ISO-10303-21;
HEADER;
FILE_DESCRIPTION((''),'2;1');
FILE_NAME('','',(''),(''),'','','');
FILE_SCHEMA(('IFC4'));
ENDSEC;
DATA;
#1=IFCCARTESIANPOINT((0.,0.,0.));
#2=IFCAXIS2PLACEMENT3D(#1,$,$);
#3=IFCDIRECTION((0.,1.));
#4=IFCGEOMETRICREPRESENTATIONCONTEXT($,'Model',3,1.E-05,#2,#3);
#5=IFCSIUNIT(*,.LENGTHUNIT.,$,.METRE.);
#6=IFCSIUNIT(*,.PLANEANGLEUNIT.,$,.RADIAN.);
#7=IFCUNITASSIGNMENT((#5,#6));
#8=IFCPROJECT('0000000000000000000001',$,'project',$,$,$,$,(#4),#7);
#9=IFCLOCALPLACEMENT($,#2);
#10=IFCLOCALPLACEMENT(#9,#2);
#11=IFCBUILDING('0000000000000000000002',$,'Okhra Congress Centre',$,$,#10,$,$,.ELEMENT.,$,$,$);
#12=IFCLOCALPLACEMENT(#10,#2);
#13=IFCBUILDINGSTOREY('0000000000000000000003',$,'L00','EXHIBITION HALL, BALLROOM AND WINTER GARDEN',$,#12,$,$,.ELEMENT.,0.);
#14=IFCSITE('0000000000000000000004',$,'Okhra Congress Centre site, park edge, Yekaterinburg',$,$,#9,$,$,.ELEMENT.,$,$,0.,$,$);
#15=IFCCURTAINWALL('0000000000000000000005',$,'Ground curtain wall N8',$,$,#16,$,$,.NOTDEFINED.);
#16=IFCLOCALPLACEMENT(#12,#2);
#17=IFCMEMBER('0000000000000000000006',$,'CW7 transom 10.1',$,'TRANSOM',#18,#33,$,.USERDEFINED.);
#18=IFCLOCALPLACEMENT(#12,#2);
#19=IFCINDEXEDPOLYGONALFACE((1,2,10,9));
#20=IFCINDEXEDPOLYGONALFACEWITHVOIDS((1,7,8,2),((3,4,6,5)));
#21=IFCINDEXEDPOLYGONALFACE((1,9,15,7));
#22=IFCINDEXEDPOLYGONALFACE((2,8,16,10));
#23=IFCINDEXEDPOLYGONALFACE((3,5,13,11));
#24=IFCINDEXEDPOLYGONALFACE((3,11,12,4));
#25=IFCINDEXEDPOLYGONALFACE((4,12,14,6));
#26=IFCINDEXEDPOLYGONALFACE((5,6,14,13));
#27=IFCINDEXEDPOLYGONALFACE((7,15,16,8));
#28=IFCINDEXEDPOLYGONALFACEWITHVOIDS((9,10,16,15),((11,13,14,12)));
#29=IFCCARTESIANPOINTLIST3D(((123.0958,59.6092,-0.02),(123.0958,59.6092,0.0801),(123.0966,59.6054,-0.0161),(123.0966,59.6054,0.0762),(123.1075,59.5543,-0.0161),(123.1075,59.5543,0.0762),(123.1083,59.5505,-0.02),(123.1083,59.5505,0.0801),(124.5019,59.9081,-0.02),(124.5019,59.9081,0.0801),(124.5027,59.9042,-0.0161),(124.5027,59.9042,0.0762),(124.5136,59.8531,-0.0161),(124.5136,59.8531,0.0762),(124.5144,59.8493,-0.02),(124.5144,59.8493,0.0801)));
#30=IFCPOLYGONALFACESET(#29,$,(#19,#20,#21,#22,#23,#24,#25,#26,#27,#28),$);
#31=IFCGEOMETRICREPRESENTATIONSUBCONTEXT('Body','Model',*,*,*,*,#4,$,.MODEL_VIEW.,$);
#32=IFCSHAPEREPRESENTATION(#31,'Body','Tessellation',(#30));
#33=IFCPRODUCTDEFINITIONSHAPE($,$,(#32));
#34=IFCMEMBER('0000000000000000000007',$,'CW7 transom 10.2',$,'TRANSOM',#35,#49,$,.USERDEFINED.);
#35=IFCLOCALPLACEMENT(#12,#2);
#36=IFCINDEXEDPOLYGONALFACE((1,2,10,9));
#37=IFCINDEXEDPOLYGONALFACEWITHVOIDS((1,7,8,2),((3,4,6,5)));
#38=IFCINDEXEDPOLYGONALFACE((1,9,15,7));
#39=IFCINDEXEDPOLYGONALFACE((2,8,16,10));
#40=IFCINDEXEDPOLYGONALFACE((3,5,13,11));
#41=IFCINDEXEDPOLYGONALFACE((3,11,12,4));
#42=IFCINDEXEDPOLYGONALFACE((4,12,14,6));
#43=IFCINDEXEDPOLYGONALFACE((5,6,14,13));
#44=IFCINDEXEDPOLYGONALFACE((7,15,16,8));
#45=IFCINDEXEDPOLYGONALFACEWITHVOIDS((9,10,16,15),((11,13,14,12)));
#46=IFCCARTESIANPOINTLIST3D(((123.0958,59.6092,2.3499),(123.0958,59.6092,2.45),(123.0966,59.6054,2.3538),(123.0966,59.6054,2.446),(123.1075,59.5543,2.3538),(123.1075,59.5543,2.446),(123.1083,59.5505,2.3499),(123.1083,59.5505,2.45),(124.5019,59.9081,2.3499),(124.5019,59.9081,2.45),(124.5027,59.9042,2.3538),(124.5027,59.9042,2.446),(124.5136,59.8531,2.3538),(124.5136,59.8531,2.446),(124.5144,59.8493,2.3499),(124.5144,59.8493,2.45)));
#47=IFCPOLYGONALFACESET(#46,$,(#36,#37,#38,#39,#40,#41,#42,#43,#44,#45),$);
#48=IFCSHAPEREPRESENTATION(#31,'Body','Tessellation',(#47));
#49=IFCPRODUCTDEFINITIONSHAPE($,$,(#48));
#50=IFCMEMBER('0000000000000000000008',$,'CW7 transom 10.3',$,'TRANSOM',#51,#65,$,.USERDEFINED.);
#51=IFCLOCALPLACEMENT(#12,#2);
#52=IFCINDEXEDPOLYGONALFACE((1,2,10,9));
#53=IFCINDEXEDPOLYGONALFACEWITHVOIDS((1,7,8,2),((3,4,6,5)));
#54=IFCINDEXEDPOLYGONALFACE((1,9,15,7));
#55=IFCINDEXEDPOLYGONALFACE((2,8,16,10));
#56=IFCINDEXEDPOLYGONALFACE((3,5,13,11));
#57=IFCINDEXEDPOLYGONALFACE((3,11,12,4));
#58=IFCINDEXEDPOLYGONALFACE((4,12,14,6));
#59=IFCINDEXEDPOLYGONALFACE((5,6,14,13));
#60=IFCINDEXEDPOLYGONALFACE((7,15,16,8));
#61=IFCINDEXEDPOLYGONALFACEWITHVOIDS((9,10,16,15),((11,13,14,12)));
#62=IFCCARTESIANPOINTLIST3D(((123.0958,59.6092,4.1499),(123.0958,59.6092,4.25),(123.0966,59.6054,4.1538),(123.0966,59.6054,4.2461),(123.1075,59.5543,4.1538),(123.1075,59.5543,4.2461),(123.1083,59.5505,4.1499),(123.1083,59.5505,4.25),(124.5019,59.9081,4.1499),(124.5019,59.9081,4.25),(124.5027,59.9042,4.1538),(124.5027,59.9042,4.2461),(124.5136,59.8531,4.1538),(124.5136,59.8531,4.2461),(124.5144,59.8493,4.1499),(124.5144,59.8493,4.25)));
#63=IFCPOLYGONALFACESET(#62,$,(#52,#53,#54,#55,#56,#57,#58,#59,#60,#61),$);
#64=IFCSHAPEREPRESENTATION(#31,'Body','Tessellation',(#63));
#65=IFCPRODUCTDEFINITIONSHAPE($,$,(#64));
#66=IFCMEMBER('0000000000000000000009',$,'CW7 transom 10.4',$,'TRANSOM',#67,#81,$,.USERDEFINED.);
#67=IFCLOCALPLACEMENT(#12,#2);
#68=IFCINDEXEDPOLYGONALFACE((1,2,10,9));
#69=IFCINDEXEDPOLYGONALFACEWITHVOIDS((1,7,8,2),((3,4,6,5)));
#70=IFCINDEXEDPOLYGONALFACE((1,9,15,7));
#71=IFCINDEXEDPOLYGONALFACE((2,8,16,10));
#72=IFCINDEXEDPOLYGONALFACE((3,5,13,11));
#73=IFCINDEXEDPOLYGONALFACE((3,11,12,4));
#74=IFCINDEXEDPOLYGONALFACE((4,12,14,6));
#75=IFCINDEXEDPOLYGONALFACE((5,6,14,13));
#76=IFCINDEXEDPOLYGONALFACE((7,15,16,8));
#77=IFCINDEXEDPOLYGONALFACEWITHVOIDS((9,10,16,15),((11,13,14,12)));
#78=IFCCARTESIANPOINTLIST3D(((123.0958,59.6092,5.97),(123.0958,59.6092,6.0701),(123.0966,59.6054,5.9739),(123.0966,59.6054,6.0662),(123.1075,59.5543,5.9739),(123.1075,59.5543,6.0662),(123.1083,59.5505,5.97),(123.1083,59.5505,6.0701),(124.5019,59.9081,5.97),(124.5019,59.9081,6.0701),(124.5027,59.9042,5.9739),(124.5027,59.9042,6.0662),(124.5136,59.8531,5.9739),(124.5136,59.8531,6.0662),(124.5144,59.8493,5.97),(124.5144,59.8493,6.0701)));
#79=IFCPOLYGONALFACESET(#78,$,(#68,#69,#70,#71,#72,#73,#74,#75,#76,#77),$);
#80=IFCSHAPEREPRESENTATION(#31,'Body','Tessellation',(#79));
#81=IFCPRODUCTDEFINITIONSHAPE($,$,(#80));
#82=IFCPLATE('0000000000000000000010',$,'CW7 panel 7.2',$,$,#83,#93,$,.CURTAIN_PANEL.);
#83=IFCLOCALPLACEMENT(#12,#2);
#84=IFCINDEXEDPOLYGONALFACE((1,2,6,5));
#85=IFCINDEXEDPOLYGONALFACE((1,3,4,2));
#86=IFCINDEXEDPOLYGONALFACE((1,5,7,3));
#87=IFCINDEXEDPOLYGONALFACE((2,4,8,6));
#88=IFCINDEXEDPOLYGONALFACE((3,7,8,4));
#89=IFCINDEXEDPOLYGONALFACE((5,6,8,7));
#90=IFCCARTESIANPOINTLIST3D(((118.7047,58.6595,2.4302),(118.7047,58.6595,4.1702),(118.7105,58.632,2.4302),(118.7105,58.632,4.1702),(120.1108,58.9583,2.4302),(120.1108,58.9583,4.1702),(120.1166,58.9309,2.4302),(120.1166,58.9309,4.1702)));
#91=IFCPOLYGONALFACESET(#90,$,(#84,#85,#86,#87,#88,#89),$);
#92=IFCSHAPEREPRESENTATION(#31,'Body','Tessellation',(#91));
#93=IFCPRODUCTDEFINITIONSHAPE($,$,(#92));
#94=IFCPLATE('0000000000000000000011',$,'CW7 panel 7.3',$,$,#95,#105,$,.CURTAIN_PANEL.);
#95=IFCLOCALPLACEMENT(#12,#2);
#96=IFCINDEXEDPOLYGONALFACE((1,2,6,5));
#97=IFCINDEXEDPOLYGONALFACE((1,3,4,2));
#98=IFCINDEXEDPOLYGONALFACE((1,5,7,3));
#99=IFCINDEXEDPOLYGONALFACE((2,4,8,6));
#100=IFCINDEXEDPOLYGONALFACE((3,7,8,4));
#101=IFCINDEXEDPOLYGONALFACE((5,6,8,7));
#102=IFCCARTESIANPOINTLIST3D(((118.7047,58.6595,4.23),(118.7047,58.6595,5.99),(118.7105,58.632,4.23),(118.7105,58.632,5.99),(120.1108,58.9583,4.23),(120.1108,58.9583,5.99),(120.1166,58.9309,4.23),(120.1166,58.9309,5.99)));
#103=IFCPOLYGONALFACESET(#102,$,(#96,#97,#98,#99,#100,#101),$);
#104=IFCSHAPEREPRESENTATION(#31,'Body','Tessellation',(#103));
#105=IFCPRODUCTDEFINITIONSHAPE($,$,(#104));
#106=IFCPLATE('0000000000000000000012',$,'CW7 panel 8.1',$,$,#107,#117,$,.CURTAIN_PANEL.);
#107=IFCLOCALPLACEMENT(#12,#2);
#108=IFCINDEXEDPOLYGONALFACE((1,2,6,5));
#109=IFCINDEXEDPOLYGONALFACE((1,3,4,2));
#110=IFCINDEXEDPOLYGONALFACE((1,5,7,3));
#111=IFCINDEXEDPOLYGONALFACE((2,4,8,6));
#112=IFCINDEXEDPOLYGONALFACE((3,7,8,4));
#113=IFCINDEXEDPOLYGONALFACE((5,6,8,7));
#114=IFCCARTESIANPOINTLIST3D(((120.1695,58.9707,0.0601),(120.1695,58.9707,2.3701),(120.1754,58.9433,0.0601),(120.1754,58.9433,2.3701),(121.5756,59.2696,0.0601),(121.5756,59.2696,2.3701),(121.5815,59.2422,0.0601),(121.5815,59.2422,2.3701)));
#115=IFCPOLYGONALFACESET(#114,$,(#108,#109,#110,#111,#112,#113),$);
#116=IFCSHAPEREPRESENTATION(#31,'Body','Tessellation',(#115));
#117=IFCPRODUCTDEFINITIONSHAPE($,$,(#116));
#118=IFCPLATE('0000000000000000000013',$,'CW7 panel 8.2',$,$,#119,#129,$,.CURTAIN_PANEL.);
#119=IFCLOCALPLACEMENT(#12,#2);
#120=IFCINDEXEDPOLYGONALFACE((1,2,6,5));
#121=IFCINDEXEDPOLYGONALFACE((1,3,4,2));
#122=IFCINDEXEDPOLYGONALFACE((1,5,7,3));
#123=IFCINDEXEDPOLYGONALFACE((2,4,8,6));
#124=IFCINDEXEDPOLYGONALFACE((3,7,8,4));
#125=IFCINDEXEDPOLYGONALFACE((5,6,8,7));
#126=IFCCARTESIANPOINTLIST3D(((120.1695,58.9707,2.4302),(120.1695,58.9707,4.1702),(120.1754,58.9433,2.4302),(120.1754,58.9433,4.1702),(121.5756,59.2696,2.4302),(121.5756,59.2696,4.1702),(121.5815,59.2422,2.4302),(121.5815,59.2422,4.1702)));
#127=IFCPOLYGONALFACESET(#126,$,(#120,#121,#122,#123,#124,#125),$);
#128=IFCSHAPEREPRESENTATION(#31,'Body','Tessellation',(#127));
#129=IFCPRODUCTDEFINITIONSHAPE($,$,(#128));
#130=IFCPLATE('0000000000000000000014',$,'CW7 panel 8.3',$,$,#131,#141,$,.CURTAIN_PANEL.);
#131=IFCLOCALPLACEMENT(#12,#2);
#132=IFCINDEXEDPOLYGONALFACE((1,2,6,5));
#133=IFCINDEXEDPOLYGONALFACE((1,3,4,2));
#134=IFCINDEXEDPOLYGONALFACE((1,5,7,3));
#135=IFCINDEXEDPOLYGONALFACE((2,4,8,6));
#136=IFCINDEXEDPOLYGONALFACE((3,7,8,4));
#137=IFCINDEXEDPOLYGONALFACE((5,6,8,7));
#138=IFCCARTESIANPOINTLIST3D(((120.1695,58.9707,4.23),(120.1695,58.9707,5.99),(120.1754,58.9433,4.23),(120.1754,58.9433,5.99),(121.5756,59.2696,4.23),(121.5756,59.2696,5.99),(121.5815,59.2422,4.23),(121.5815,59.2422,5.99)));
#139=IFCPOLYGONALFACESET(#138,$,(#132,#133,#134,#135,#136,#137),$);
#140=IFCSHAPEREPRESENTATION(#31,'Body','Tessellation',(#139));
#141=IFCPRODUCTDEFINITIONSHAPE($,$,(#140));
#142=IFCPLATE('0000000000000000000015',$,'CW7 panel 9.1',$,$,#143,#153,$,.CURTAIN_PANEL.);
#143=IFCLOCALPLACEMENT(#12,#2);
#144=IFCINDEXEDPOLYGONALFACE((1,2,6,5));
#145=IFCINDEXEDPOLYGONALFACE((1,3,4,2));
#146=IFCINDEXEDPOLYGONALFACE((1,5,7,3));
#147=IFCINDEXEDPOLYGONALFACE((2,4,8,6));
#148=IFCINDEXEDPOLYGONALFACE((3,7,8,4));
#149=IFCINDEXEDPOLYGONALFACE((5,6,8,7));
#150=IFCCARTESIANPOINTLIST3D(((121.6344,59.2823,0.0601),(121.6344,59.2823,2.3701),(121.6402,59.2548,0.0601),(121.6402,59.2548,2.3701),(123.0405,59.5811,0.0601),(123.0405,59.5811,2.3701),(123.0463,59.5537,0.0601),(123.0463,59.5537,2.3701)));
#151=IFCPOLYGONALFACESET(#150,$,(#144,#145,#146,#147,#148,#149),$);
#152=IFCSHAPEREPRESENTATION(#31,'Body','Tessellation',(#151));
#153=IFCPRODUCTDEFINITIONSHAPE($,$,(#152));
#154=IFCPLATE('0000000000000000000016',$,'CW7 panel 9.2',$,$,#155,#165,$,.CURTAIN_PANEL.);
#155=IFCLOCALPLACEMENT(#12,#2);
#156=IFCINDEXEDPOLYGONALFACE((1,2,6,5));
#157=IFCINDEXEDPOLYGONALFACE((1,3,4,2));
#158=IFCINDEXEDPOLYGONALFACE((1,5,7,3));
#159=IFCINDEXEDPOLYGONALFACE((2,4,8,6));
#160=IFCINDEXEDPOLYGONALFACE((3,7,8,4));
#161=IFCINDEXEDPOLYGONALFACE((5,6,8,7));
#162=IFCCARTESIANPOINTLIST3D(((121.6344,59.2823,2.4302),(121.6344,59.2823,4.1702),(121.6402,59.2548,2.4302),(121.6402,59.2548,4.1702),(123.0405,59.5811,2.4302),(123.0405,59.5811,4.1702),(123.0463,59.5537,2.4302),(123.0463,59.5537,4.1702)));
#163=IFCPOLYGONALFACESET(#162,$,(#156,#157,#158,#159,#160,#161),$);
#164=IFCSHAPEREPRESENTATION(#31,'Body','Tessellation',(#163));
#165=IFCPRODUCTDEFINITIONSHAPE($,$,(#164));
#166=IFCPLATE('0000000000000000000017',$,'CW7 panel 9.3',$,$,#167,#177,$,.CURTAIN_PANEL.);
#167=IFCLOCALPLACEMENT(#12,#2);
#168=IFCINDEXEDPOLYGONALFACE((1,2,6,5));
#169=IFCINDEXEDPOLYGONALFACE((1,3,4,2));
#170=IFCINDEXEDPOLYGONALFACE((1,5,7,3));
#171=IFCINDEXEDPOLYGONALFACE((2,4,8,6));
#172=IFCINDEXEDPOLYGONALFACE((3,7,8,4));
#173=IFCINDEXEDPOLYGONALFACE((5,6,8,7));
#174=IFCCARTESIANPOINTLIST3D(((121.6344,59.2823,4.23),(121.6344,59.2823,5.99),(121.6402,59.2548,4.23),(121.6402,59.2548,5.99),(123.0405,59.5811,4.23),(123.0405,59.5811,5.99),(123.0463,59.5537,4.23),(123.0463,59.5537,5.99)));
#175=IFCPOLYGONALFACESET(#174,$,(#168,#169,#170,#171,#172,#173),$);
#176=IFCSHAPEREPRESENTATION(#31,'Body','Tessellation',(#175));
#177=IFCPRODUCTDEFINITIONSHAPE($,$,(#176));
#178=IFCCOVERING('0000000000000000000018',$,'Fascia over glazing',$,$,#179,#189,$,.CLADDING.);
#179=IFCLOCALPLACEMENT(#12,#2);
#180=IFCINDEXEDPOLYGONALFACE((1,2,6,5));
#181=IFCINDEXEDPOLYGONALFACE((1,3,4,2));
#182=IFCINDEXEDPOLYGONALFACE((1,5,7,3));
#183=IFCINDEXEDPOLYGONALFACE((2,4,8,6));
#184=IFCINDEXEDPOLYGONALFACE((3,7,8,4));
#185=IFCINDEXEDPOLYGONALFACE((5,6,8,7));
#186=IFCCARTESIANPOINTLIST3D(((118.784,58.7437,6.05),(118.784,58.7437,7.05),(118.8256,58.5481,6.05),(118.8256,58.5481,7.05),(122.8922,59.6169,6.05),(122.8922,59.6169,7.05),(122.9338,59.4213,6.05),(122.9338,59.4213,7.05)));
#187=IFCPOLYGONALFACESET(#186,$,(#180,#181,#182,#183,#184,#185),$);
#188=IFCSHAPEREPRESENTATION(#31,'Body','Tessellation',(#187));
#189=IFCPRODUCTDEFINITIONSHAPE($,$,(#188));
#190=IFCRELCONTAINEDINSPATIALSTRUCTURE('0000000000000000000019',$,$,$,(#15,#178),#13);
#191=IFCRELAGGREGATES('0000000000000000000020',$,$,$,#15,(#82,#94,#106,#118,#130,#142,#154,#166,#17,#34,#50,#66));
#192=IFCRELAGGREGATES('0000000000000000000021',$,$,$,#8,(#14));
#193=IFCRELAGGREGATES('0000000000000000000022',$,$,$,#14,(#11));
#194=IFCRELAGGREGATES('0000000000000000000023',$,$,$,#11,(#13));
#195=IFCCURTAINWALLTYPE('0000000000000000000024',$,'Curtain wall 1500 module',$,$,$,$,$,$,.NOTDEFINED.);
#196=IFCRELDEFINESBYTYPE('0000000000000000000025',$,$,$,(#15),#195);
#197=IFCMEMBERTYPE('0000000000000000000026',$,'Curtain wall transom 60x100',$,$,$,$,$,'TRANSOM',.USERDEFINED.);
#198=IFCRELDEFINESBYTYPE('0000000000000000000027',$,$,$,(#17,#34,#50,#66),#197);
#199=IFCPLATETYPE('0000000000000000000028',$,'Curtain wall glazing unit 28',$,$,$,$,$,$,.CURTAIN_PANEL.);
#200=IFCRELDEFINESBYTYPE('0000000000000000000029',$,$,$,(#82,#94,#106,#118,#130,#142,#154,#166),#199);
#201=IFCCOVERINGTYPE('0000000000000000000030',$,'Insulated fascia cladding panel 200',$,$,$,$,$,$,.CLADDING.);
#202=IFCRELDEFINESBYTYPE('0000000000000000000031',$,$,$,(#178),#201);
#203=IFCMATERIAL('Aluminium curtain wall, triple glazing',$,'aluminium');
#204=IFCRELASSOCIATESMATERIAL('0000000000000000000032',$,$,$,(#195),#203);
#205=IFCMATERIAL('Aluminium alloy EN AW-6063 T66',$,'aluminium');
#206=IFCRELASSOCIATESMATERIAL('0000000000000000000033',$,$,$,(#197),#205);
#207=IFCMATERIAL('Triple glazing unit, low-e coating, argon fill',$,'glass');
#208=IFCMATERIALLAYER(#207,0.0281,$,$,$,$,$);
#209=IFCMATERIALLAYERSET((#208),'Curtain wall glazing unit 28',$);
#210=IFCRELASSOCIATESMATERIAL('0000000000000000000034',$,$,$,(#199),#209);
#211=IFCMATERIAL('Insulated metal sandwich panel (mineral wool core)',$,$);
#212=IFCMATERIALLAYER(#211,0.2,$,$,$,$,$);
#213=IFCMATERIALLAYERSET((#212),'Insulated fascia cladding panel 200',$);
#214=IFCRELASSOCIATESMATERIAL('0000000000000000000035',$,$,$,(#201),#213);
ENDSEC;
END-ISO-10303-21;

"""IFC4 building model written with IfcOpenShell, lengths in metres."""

from ifc_helpers import new_model, si_unit, direction, frame, origin, origin_2d, place, context, subcontext, project, spatial, rectangle, hollow_rectangle, extrude, material, layer, layer_set, material_profile, profile_set, type_object, element, aggregate, save


model = new_model("IFC4")

# Units and contexts
model_context = context("Model", 3, precision=1e-05, world=origin(), true_north=direction((0.0, 1.0)))
body_context = subcontext(model_context, "Body", "Model", "MODEL_VIEW")
ifc_project = project(units=[si_unit("LENGTHUNIT", "METRE"), si_unit("PLANEANGLEUNIT", "RADIAN")], contexts=[model_context])

# Site, building, storey
site_placement = place(None, origin())
site = spatial("IfcSite", under=ifc_project, at=site_placement, Name="Okhra Congress Centre site, park edge, Yekaterinburg", CompositionType="ELEMENT", RefElevation=0.0)
building_placement = place(site_placement, origin())
building = spatial("IfcBuilding", under=site, at=building_placement, Name="Okhra Congress Centre", CompositionType="ELEMENT")
storey_placement = place(building_placement, origin())
storey = spatial("IfcBuildingStorey", under=building, at=storey_placement, Name="L00", Description="EXHIBITION HALL, BALLROOM AND WINTER GARDEN", CompositionType="ELEMENT", Elevation=0.0)

# Curtain wall, members, plates
ifc_material_1 = material(Name="Aluminium curtain wall, triple glazing", Category="aluminium")
curtain_wall_type = type_object("IfcCurtainWallType", Name="Curtain wall 1500 module", PredefinedType="NOTDEFINED", material=ifc_material_1)
curtain_wall_placement = place(storey_placement, origin())
curtain_wall = element("IfcCurtainWall", 1, at=curtain_wall_placement, inside=storey, type_object=curtain_wall_type, Name="Ground curtain wall N8", PredefinedType="NOTDEFINED")
ifc_material_2 = material(Name="Aluminium alloy EN AW-6063 T66", Category="aluminium")
ifc_material_profile_1 = material_profile(ifc_material_2, hollow_rectangle(XDim=0.0601, YDim=0.1001, WallThickness=0.0039, at=origin_2d()), Name="RHS 60x100x4")
ifc_profile_set_1 = profile_set([ifc_material_profile_1], Name="Aluminium alloy EN AW-6063 T66")
member_type_1 = type_object("IfcMemberType", Name="Curtain wall transom 60x100", ElementType="TRANSOM", PredefinedType="USERDEFINED", material=ifc_profile_set_1)
member_1_placement = place(storey_placement, frame((123.1021, 59.5798, 0.03), z_axis=(0.978152, 0.207893, 0.0), x_axis=(-0.207893, 0.978152, 0.0)))
member_1 = element("IfcMember", 2, at=member_1_placement, type_object=member_type_1, Name="CW7 transom 10.1", ObjectType="TRANSOM", PredefinedType="USERDEFINED", context=body_context, shape_type="SweptSolid", body=[
    extrude(hollow_rectangle(XDim=0.0601, YDim=0.1001, WallThickness=0.0039, at=origin_2d()), origin(), (0.0, 0.0, 1.0), 1.4375),
])
member_2_placement = place(storey_placement, frame((123.1021, 59.5798, 2.3999), z_axis=(0.978152, 0.207893, 0.0), x_axis=(-0.207893, 0.978152, 0.0)))
member_2 = element("IfcMember", 3, at=member_2_placement, type_object=member_type_1, Name="CW7 transom 10.2", ObjectType="TRANSOM", PredefinedType="USERDEFINED", context=body_context, shape_type="SweptSolid", body=[
    extrude(hollow_rectangle(XDim=0.0601, YDim=0.1001, WallThickness=0.0039, at=origin_2d()), origin(), (0.0, 0.0, 1.0), 1.4375),
])
member_3_placement = place(storey_placement, frame((123.1021, 59.5798, 4.2), z_axis=(0.978152, 0.207893, 0.0), x_axis=(-0.207893, 0.978152, 0.0)))
member_3 = element("IfcMember", 4, at=member_3_placement, type_object=member_type_1, Name="CW7 transom 10.3", ObjectType="TRANSOM", PredefinedType="USERDEFINED", context=body_context, shape_type="SweptSolid", body=[
    extrude(hollow_rectangle(XDim=0.0601, YDim=0.1001, WallThickness=0.0039, at=origin_2d()), origin(), (0.0, 0.0, 1.0), 1.4375),
])
member_4_placement = place(storey_placement, frame((123.1021, 59.5798, 6.02), z_axis=(0.978152, 0.207893, 0.0), x_axis=(-0.207893, 0.978152, 0.0)))
member_4 = element("IfcMember", 5, at=member_4_placement, type_object=member_type_1, Name="CW7 transom 10.4", ObjectType="TRANSOM", PredefinedType="USERDEFINED", context=body_context, shape_type="SweptSolid", body=[
    extrude(hollow_rectangle(XDim=0.0601, YDim=0.1001, WallThickness=0.0039, at=origin_2d()), origin(), (0.0, 0.0, 1.0), 1.4375),
])
ifc_material_3 = material(Name="Triple glazing unit, low-e coating, argon fill", Category="glass")
ifc_layer_1 = layer(ifc_material_3, 0.0281)
ifc_layer_set_1 = layer_set([ifc_layer_1], Name="Curtain wall glazing unit 28")
plate_type = type_object("IfcPlateType", Name="Curtain wall glazing unit 28", PredefinedType="CURTAIN_PANEL", material=ifc_layer_set_1)
plate_1_placement = place(storey_placement, frame((119.4106, 58.7952, 2.4302), z_axis=(0.0, 0.0, 1.0), x_axis=(0.978148, 0.207912, 0.0)))
plate_1 = element("IfcPlate", 6, at=plate_1_placement, type_object=plate_type, Name="CW7 panel 7.2", PredefinedType="CURTAIN_PANEL", context=body_context, shape_type="SweptSolid", body=[
    extrude(rectangle(XDim=1.4375, YDim=0.0281, at=origin_2d()), origin(), (0.0, 0.0, 1.0), 1.74),
])
plate_2_placement = place(storey_placement, frame((119.4106, 58.7952, 4.23), z_axis=(0.0, 0.0, 1.0), x_axis=(0.978148, 0.207912, 0.0)))
plate_2 = element("IfcPlate", 7, at=plate_2_placement, type_object=plate_type, Name="CW7 panel 7.3", PredefinedType="CURTAIN_PANEL", context=body_context, shape_type="SweptSolid", body=[
    extrude(rectangle(XDim=1.4375, YDim=0.0281, at=origin_2d()), origin(), (0.0, 0.0, 1.0), 1.76),
])
plate_3_placement = place(storey_placement, frame((120.8755, 59.1064, 0.0601), z_axis=(0.0, 0.0, 1.0), x_axis=(0.978148, 0.207912, 0.0)))
plate_3 = element("IfcPlate", 8, at=plate_3_placement, type_object=plate_type, Name="CW7 panel 8.1", PredefinedType="CURTAIN_PANEL", context=body_context, shape_type="SweptSolid", body=[
    extrude(rectangle(XDim=1.4375, YDim=0.0281, at=origin_2d()), origin(), (0.0, 0.0, 1.0), 2.3101),
])
plate_4_placement = place(storey_placement, frame((120.8755, 59.1064, 2.4302), z_axis=(0.0, 0.0, 1.0), x_axis=(0.978148, 0.207912, 0.0)))
plate_4 = element("IfcPlate", 9, at=plate_4_placement, type_object=plate_type, Name="CW7 panel 8.2", PredefinedType="CURTAIN_PANEL", context=body_context, shape_type="SweptSolid", body=[
    extrude(rectangle(XDim=1.4375, YDim=0.0281, at=origin_2d()), origin(), (0.0, 0.0, 1.0), 1.74),
])
plate_5_placement = place(storey_placement, frame((120.8755, 59.1064, 4.23), z_axis=(0.0, 0.0, 1.0), x_axis=(0.978148, 0.207912, 0.0)))
plate_5 = element("IfcPlate", 10, at=plate_5_placement, type_object=plate_type, Name="CW7 panel 8.3", PredefinedType="CURTAIN_PANEL", context=body_context, shape_type="SweptSolid", body=[
    extrude(rectangle(XDim=1.4375, YDim=0.0281, at=origin_2d()), origin(), (0.0, 0.0, 1.0), 1.76),
])
plate_6_placement = place(storey_placement, frame((122.3403, 59.418, 0.0601), z_axis=(0.0, 0.0, 1.0), x_axis=(0.978148, 0.207912, 0.0)))
plate_6 = element("IfcPlate", 11, at=plate_6_placement, type_object=plate_type, Name="CW7 panel 9.1", PredefinedType="CURTAIN_PANEL", context=body_context, shape_type="SweptSolid", body=[
    extrude(rectangle(XDim=1.4375, YDim=0.0281, at=origin_2d()), origin(), (0.0, 0.0, 1.0), 2.3101),
])
plate_7_placement = place(storey_placement, frame((122.3403, 59.418, 2.4302), z_axis=(0.0, 0.0, 1.0), x_axis=(0.978148, 0.207912, 0.0)))
plate_7 = element("IfcPlate", 12, at=plate_7_placement, type_object=plate_type, Name="CW7 panel 9.2", PredefinedType="CURTAIN_PANEL", context=body_context, shape_type="SweptSolid", body=[
    extrude(rectangle(XDim=1.4375, YDim=0.0281, at=origin_2d()), origin(), (0.0, 0.0, 1.0), 1.74),
])
plate_8_placement = place(storey_placement, frame((122.3403, 59.418, 4.23), z_axis=(0.0, 0.0, 1.0), x_axis=(0.978148, 0.207912, 0.0)))
plate_8 = element("IfcPlate", 13, at=plate_8_placement, type_object=plate_type, Name="CW7 panel 9.3", PredefinedType="CURTAIN_PANEL", context=body_context, shape_type="SweptSolid", body=[
    extrude(rectangle(XDim=1.4375, YDim=0.0281, at=origin_2d()), origin(), (0.0, 0.0, 1.0), 1.76),
])
aggregate(curtain_wall, [plate_1, plate_2, plate_3, plate_4, plate_5, plate_6, plate_7, plate_8, member_1, member_2, member_3, member_4])

# Covering
ifc_material_4 = material(Name="Insulated metal sandwich panel (mineral wool core)")
ifc_layer_2 = layer(ifc_material_4, 0.2)
ifc_layer_set_2 = layer_set([ifc_layer_2], Name="Insulated fascia cladding panel 200")
covering_type = type_object("IfcCoveringType", Name="Insulated fascia cladding panel 200", PredefinedType="CLADDING", material=ifc_layer_set_2)
covering_placement = place(storey_placement, frame((120.8589, 59.0825, 6.05), z_axis=(0.0, 0.0, 1.0), x_axis=(0.978148, 0.207912, 0.0)))
element("IfcCovering", 14, at=covering_placement, inside=storey, type_object=covering_type, Name="Fascia over glazing", PredefinedType="CLADDING", context=body_context, shape_type="SweptSolid", body=[
    extrude(rectangle(XDim=4.2, YDim=0.2, at=origin_2d()), origin(), (0.0, 0.0, 1.0), 1.0),
])

save(model, "model.ifc")
